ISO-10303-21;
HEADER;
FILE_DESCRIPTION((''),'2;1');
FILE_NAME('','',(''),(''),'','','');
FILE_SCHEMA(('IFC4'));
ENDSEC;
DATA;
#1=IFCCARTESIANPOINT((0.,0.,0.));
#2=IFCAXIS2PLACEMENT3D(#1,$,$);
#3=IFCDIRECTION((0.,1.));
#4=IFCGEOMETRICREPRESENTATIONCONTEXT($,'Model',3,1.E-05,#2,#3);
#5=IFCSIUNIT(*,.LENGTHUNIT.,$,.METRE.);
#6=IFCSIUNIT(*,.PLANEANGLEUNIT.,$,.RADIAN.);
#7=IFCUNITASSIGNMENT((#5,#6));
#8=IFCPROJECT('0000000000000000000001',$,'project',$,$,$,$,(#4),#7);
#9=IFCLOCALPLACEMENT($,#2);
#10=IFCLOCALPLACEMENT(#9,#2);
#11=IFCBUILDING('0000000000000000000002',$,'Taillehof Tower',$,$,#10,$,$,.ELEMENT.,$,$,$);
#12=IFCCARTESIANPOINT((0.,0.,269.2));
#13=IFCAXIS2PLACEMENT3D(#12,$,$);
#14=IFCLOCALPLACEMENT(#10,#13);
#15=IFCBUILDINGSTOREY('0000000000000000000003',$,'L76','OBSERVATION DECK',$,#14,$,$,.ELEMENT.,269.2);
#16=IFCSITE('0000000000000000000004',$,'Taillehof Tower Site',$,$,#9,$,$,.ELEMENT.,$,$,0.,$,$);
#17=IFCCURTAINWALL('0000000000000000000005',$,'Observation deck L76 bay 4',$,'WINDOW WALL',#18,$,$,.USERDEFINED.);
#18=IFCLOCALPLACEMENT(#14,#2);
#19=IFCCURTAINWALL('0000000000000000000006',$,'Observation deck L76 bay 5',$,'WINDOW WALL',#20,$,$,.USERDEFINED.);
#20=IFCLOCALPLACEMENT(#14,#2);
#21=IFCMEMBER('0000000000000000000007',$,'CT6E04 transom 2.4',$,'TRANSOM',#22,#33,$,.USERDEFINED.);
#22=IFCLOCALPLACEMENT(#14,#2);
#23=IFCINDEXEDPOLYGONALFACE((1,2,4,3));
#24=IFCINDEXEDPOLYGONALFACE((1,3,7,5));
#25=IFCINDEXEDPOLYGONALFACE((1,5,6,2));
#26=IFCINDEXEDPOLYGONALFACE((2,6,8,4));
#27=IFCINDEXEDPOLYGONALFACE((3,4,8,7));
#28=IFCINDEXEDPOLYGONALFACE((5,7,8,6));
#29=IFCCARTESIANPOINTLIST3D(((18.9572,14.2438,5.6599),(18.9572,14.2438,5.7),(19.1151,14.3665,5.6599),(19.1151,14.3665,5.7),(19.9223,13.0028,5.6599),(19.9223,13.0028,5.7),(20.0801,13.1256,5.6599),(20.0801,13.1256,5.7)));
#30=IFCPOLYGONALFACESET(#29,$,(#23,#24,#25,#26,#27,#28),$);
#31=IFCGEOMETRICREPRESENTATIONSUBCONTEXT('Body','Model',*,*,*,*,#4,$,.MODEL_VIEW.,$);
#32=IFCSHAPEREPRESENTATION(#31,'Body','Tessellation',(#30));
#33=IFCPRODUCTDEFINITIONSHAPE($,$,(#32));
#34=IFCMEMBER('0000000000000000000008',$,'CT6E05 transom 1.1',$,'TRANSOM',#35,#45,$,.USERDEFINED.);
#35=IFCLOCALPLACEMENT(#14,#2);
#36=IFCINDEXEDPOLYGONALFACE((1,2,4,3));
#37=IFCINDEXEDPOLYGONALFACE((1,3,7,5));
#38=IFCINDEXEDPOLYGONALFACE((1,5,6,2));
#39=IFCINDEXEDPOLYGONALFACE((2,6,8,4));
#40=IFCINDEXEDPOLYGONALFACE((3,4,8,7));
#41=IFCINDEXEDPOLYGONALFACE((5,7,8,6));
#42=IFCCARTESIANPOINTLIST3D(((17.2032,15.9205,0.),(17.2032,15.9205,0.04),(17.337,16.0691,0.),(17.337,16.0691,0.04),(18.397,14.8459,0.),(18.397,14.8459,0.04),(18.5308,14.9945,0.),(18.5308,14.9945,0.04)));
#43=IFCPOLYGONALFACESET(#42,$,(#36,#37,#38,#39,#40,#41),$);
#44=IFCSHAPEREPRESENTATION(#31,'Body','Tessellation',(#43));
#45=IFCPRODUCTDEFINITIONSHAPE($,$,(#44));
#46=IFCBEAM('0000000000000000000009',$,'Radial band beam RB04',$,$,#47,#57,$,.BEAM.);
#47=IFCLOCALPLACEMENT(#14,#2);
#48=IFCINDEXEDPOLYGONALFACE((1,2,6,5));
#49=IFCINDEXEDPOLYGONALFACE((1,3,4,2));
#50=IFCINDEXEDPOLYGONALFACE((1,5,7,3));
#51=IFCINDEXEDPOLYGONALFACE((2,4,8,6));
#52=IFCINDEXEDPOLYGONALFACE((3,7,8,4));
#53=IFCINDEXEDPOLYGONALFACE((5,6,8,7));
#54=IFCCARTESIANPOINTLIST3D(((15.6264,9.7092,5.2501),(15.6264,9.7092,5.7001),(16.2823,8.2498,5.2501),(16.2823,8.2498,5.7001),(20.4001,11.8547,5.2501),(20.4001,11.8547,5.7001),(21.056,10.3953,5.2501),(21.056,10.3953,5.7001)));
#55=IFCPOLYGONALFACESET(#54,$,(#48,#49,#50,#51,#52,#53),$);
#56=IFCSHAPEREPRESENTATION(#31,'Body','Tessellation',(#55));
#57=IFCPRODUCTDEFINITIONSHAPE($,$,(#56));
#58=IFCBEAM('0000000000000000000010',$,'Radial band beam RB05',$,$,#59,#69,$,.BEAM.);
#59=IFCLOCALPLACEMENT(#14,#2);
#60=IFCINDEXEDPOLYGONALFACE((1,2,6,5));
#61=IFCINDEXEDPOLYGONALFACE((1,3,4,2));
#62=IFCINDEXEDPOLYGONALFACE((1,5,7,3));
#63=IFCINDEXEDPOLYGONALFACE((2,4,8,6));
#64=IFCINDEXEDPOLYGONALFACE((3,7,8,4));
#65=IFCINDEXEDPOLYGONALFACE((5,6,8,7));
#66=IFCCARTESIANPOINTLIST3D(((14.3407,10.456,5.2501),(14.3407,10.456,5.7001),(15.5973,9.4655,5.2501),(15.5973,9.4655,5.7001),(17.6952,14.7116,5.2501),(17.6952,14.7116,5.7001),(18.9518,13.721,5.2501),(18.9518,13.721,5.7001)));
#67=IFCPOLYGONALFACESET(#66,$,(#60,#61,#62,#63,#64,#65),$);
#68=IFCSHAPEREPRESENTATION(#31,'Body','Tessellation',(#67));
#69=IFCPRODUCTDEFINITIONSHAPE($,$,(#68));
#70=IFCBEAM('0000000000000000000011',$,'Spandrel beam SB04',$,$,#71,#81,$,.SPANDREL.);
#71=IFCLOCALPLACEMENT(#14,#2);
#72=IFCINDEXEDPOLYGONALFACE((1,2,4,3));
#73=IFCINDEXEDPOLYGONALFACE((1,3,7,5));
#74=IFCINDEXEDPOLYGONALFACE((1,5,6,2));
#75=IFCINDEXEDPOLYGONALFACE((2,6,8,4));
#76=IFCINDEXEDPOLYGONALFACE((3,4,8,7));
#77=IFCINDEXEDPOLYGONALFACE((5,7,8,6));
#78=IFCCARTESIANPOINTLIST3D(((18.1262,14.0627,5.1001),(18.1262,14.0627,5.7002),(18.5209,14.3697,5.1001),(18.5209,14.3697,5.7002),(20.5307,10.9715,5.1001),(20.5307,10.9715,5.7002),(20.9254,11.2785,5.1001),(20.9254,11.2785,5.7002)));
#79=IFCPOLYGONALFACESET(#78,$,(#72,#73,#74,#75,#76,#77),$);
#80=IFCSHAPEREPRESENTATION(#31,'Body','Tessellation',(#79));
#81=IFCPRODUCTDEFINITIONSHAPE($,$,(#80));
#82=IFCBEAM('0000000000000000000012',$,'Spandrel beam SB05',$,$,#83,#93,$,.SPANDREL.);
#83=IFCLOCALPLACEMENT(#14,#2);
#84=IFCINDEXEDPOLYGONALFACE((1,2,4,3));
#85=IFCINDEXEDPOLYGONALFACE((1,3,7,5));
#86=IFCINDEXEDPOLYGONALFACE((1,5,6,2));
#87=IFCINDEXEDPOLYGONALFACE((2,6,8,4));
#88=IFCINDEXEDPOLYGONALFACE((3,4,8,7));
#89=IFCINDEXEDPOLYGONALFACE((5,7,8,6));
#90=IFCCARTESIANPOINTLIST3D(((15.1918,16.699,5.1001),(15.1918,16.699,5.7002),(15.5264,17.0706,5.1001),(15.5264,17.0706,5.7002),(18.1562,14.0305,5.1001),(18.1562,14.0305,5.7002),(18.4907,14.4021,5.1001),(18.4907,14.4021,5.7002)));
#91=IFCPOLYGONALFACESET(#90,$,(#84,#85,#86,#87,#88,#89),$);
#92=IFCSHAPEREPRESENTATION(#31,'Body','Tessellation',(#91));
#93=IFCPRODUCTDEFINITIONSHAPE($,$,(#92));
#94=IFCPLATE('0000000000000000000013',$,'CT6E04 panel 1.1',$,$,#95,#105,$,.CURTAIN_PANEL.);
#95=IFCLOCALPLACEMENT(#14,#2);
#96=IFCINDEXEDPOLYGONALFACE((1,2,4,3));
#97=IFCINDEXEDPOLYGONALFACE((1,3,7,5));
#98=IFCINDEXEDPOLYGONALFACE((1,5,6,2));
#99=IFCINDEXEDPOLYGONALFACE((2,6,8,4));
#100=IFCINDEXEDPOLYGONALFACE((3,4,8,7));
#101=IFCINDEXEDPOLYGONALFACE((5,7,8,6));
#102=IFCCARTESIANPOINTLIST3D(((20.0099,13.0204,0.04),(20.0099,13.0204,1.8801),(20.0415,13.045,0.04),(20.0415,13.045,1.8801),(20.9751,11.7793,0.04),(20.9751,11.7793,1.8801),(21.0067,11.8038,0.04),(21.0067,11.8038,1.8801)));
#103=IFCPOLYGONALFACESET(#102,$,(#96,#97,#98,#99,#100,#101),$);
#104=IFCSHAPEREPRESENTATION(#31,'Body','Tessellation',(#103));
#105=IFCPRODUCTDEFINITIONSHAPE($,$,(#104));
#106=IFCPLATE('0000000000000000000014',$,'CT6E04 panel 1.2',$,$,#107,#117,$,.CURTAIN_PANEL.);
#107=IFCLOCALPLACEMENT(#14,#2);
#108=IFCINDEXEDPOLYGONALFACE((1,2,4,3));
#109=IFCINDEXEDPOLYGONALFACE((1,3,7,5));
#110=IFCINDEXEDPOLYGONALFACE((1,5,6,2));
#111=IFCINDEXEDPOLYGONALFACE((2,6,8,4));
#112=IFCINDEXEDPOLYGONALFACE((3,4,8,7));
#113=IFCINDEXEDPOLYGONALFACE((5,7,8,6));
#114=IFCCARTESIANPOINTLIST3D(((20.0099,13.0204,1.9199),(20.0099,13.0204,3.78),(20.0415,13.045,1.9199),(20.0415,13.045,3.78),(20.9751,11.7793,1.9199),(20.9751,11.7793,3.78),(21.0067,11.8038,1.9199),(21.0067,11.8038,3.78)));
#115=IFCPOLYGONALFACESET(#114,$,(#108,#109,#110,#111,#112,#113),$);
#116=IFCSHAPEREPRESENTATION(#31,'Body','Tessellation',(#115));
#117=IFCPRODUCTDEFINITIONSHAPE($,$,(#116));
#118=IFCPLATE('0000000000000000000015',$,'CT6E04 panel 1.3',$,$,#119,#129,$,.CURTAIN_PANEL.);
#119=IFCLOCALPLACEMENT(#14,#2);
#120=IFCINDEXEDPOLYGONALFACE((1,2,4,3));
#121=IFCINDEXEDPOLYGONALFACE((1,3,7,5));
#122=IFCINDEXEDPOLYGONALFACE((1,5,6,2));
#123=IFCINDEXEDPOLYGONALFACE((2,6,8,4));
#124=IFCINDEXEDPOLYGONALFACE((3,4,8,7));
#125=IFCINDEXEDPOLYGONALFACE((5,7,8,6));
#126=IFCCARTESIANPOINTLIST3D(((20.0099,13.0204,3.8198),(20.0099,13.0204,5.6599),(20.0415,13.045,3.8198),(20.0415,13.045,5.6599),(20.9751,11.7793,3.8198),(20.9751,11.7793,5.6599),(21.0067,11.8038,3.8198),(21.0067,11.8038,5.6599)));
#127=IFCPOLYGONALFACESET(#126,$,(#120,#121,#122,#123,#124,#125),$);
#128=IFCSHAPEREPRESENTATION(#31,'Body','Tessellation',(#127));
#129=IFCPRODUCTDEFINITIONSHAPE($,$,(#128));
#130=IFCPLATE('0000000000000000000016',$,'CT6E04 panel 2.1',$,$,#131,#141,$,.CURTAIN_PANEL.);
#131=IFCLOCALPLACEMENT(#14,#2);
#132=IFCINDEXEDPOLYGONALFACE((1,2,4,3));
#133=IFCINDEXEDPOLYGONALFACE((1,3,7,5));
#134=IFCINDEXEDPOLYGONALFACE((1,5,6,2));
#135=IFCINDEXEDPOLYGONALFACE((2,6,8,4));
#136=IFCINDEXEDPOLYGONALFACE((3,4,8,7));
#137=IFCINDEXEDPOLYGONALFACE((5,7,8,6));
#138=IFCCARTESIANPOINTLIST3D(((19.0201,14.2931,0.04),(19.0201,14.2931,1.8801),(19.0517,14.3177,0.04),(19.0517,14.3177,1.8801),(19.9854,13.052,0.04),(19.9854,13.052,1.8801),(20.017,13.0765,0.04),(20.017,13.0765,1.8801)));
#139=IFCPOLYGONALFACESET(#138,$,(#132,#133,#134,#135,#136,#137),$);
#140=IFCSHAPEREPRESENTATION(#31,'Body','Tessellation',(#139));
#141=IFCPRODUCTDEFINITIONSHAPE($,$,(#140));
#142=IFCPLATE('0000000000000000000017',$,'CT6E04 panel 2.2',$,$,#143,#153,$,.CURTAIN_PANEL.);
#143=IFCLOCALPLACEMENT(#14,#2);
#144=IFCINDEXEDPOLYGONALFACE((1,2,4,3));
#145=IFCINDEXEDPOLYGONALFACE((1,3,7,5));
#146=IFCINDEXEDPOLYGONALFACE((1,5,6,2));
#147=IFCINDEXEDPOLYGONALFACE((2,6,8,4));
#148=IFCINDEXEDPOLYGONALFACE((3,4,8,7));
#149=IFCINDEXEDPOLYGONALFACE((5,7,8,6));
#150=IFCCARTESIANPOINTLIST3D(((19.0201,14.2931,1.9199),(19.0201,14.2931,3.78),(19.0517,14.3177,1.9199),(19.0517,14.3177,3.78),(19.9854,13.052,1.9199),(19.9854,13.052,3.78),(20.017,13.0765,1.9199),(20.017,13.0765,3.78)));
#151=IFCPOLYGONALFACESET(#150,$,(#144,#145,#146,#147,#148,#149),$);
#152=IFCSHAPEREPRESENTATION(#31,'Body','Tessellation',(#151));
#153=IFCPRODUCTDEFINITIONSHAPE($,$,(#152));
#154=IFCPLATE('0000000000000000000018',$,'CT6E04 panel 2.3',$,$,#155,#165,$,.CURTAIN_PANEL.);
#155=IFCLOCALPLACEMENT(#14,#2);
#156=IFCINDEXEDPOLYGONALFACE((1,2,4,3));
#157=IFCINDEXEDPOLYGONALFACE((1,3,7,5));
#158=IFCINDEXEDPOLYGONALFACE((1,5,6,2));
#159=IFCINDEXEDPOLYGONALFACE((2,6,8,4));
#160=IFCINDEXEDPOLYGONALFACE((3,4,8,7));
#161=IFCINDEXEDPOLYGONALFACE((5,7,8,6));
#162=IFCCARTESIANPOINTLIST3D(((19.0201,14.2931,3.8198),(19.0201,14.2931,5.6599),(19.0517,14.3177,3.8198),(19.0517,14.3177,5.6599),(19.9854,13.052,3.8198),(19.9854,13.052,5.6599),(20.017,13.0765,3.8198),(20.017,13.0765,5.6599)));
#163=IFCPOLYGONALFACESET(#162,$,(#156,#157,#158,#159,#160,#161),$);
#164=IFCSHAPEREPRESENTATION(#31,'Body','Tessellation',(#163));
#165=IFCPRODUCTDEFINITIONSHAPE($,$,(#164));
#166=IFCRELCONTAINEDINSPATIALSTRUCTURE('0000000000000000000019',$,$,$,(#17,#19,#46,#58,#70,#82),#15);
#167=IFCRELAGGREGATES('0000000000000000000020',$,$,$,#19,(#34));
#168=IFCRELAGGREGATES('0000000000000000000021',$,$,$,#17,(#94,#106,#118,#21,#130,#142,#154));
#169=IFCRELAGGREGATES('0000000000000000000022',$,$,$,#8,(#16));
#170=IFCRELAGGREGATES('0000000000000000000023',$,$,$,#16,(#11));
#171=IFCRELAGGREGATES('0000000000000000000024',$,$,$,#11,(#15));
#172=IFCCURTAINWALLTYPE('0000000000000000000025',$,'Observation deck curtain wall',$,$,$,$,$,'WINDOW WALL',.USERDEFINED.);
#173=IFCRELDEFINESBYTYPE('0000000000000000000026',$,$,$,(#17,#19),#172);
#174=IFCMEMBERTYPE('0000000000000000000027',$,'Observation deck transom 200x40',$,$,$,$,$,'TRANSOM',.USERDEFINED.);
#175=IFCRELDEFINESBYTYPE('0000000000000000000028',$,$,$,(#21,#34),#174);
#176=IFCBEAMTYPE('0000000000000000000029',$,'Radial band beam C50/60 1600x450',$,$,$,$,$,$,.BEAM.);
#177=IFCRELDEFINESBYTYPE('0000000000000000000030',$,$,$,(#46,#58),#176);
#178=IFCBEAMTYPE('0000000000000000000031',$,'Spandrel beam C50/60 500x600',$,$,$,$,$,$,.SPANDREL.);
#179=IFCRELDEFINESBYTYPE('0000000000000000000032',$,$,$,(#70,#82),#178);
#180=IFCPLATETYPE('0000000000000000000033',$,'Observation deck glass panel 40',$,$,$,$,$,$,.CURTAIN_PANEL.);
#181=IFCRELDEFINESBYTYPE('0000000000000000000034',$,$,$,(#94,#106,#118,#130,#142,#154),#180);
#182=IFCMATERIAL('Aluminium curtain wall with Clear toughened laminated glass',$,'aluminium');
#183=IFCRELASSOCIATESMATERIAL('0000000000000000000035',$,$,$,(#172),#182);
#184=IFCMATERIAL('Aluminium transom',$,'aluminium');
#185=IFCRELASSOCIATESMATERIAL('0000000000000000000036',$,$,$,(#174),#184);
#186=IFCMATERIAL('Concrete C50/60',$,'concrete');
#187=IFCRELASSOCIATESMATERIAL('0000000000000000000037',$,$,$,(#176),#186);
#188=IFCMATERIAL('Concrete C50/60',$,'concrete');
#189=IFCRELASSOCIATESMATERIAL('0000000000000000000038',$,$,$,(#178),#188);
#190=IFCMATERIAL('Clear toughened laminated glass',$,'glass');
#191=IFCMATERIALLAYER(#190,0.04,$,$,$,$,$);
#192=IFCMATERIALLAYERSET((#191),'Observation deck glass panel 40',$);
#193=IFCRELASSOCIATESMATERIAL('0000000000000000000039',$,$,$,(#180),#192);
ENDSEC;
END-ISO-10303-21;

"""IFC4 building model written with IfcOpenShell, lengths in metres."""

from ifc_helpers import new_model, si_unit, direction, frame, origin, origin_2d, place, context, subcontext, project, spatial, rectangle, extrude, material, layer, layer_set, material_profile, profile_set, type_object, element, aggregate, save


model = new_model("IFC4")

# Units and contexts
model_context = context("Model", 3, precision=1e-05, world=origin(), true_north=direction((0.0, 1.0)))
body_context = subcontext(model_context, "Body", "Model", "MODEL_VIEW")
ifc_project = project(units=[si_unit("LENGTHUNIT", "METRE"), si_unit("PLANEANGLEUNIT", "RADIAN")], contexts=[model_context])

# Site, building, storey
site_placement = place(None, origin())
site = spatial("IfcSite", under=ifc_project, at=site_placement, Name="Taillehof Tower Site", CompositionType="ELEMENT", RefElevation=0.0)
building_placement = place(site_placement, origin())
building = spatial("IfcBuilding", under=site, at=building_placement, Name="Taillehof Tower", CompositionType="ELEMENT")
storey_placement = place(building_placement, frame((0.0, 0.0, 269.2)))
storey = spatial("IfcBuildingStorey", under=building, at=storey_placement, Name="L76", Description="OBSERVATION DECK", CompositionType="ELEMENT", Elevation=269.2)

# Shared definitions
ifc_material_1 = material(Name="Aluminium curtain wall with Clear toughened laminated glass", Category="aluminium")
curtain_wall_type = type_object("IfcCurtainWallType", Name="Observation deck curtain wall", ElementType="WINDOW WALL", PredefinedType="USERDEFINED", material=ifc_material_1)

# Curtain wall
curtain_wall_1_placement = place(storey_placement, origin())
curtain_wall_1 = element("IfcCurtainWall", 1, at=curtain_wall_1_placement, inside=storey, type_object=curtain_wall_type, Name="Observation deck L76 bay 4", ObjectType="WINDOW WALL", PredefinedType="USERDEFINED")

# Curtain wall
curtain_wall_2_placement = place(storey_placement, origin())
curtain_wall_2 = element("IfcCurtainWall", 2, at=curtain_wall_2_placement, inside=storey, type_object=curtain_wall_type, Name="Observation deck L76 bay 5", ObjectType="WINDOW WALL", PredefinedType="USERDEFINED")

# Members
ifc_material_2 = material(Name="Aluminium transom", Category="aluminium")
ifc_material_profile_1 = material_profile(ifc_material_2, rectangle(XDim=0.2, YDim=0.04, at=origin_2d()), Name="AL 200x40")
ifc_profile_set_1 = profile_set([ifc_material_profile_1], Name="Aluminium transom")
member_type_1 = type_object("IfcMemberType", Name="Observation deck transom 200x40", ElementType="TRANSOM", PredefinedType="USERDEFINED", material=ifc_profile_set_1)
member_1_placement = place(storey_placement, frame((20.0012, 13.0642, 5.6799), z_axis=(-0.613898, 0.789386, 0.0), x_axis=(-0.789386, -0.613898, 0.0)))
member_1 = element("IfcMember", 3, at=member_1_placement, type_object=member_type_1, Name="CT6E04 transom 2.4", ObjectType="TRANSOM", PredefinedType="USERDEFINED", context=body_context, shape_type="SweptSolid", body=[
    extrude(rectangle(XDim=0.2, YDim=0.04, at=origin_2d()), origin(), (0.0, 0.0, 1.0), 1.572),
])
member_2_placement = place(storey_placement, frame((18.4639, 14.9202, 0.02), z_axis=(-0.743219, 0.669049, 0.0), x_axis=(-0.669049, -0.743219, 0.0)))
member_2 = element("IfcMember", 4, at=member_2_placement, type_object=member_type_1, Name="CT6E05 transom 1.1", ObjectType="TRANSOM", PredefinedType="USERDEFINED", context=body_context, shape_type="SweptSolid", body=[
    extrude(rectangle(XDim=0.2, YDim=0.04, at=origin_2d()), origin(), (0.0, 0.0, 1.0), 1.6062),
])
aggregate(curtain_wall_2, [member_2])

# Beams
ifc_material_3 = material(Name="Concrete C50/60", Category="concrete")
ifc_material_profile_2 = material_profile(ifc_material_3, rectangle(XDim=1.6001, YDim=0.45, at=origin_2d()), Name="RC 1600x450")
ifc_profile_set_2 = profile_set([ifc_material_profile_2], Name="Concrete C50/60")
beam_type_1 = type_object("IfcBeamType", Name="Radial band beam C50/60 1600x450", PredefinedType="BEAM", material=ifc_profile_set_2)
beam_1_placement = place(storey_placement, frame((20.728, 11.125, 5.4751), z_axis=(-0.912111, -0.409944, 0.0), x_axis=(0.409944, -0.912111, 0.0)))
element("IfcBeam", 5, at=beam_1_placement, inside=storey, type_object=beam_type_1, Name="Radial band beam RB04", PredefinedType="BEAM", context=body_context, shape_type="SweptSolid", body=[
    extrude(rectangle(XDim=1.6001, YDim=0.45, at=origin_2d()), origin(), (0.0, 0.0, 1.0), 5.2336),
])
beam_2_placement = place(storey_placement, frame((18.3235, 14.2163, 5.4751), z_axis=(-0.619052, -0.78535, 0.0), x_axis=(0.78535, -0.619052, 0.0)))
element("IfcBeam", 6, at=beam_2_placement, inside=storey, type_object=beam_type_1, Name="Radial band beam RB05", PredefinedType="BEAM", context=body_context, shape_type="SweptSolid", body=[
    extrude(rectangle(XDim=1.6001, YDim=0.45, at=origin_2d()), origin(), (0.0, 0.0, 1.0), 5.4187),
])
ifc_material_4 = material(Name="Concrete C50/60", Category="concrete")
ifc_material_profile_3 = material_profile(ifc_material_4, rectangle(XDim=0.5, YDim=0.6001, at=origin_2d()), Name="RC 500x600")
ifc_profile_set_3 = profile_set([ifc_material_profile_3], Name="Concrete C50/60")
beam_type_2 = type_object("IfcBeamType", Name="Spandrel beam C50/60 500x600", PredefinedType="SPANDREL", material=ifc_profile_set_3)
beam_3_placement = place(storey_placement, frame((20.728, 11.125, 5.4001), z_axis=(-0.613971, 0.789329, 0.0), x_axis=(-0.789329, -0.613971, 0.0)))
element("IfcBeam", 7, at=beam_3_placement, inside=storey, type_object=beam_type_2, Name="Spandrel beam SB04", PredefinedType="SPANDREL", context=body_context, shape_type="SweptSolid", body=[
    extrude(rectangle(XDim=0.5, YDim=0.6001, at=origin_2d()), origin(), (0.0, 0.0, 1.0), 3.9163),
])
beam_4_placement = place(storey_placement, frame((18.3235, 14.2163, 5.4001), z_axis=(-0.743227, 0.669039, 0.0), x_axis=(-0.669039, -0.743227, 0.0)))
element("IfcBeam", 8, at=beam_4_placement, inside=storey, type_object=beam_type_2, Name="Spandrel beam SB05", PredefinedType="SPANDREL", context=body_context, shape_type="SweptSolid", body=[
    extrude(rectangle(XDim=0.5, YDim=0.6001, at=origin_2d()), origin(), (0.0, 0.0, 1.0), 3.9885),
])

# Plates
ifc_material_5 = material(Name="Clear toughened laminated glass", Category="glass")
ifc_layer = layer(ifc_material_5, 0.04)
ifc_layer_set = layer_set([ifc_layer], Name="Observation deck glass panel 40")
plate_type = type_object("IfcPlateType", Name="Observation deck glass panel 40", PredefinedType="CURTAIN_PANEL", material=ifc_layer_set)
plate_1_placement = place(storey_placement, frame((20.5083, 12.4121, 0.04), z_axis=(0.0, 0.0, 1.0), x_axis=(-0.613903, 0.789382, 0.0)))
plate_1 = element("IfcPlate", 9, at=plate_1_placement, type_object=plate_type, Name="CT6E04 panel 1.1", PredefinedType="CURTAIN_PANEL", context=body_context, shape_type="SweptSolid", body=[
    extrude(rectangle(XDim=1.5723, YDim=0.04, at=origin_2d()), origin(), (0.0, 0.0, 1.0), 1.8401),
])
plate_2_placement = place(storey_placement, frame((20.5083, 12.4121, 1.9199), z_axis=(0.0, 0.0, 1.0), x_axis=(-0.613903, 0.789382, 0.0)))
plate_2 = element("IfcPlate", 10, at=plate_2_placement, type_object=plate_type, Name="CT6E04 panel 1.2", PredefinedType="CURTAIN_PANEL", context=body_context, shape_type="SweptSolid", body=[
    extrude(rectangle(XDim=1.5723, YDim=0.04, at=origin_2d()), origin(), (0.0, 0.0, 1.0), 1.8601),
])
plate_3_placement = place(storey_placement, frame((20.5083, 12.4121, 3.8198), z_axis=(0.0, 0.0, 1.0), x_axis=(-0.613903, 0.789382, 0.0)))
plate_3 = element("IfcPlate", 11, at=plate_3_placement, type_object=plate_type, Name="CT6E04 panel 1.3", PredefinedType="CURTAIN_PANEL", context=body_context, shape_type="SweptSolid", body=[
    extrude(rectangle(XDim=1.5723, YDim=0.04, at=origin_2d()), origin(), (0.0, 0.0, 1.0), 1.8401),
])
plate_4_placement = place(storey_placement, frame((19.5186, 13.6848, 0.04), z_axis=(0.0, 0.0, 1.0), x_axis=(-0.613903, 0.789382, 0.0)))
plate_4 = element("IfcPlate", 12, at=plate_4_placement, type_object=plate_type, Name="CT6E04 panel 2.1", PredefinedType="CURTAIN_PANEL", context=body_context, shape_type="SweptSolid", body=[
    extrude(rectangle(XDim=1.5723, YDim=0.04, at=origin_2d()), origin(), (0.0, 0.0, 1.0), 1.8401),
])
plate_5_placement = place(storey_placement, frame((19.5186, 13.6848, 1.9199), z_axis=(0.0, 0.0, 1.0), x_axis=(-0.613903, 0.789382, 0.0)))
plate_5 = element("IfcPlate", 13, at=plate_5_placement, type_object=plate_type, Name="CT6E04 panel 2.2", PredefinedType="CURTAIN_PANEL", context=body_context, shape_type="SweptSolid", body=[
    extrude(rectangle(XDim=1.5723, YDim=0.04, at=origin_2d()), origin(), (0.0, 0.0, 1.0), 1.8601),
])
plate_6_placement = place(storey_placement, frame((19.5186, 13.6848, 3.8198), z_axis=(0.0, 0.0, 1.0), x_axis=(-0.613903, 0.789382, 0.0)))
plate_6 = element("IfcPlate", 14, at=plate_6_placement, type_object=plate_type, Name="CT6E04 panel 2.3", PredefinedType="CURTAIN_PANEL", context=body_context, shape_type="SweptSolid", body=[
    extrude(rectangle(XDim=1.5723, YDim=0.04, at=origin_2d()), origin(), (0.0, 0.0, 1.0), 1.8401),
])
aggregate(curtain_wall_1, [plate_1, plate_2, plate_3, member_1, plate_4, plate_5, plate_6])

save(model, "model.ifc")
